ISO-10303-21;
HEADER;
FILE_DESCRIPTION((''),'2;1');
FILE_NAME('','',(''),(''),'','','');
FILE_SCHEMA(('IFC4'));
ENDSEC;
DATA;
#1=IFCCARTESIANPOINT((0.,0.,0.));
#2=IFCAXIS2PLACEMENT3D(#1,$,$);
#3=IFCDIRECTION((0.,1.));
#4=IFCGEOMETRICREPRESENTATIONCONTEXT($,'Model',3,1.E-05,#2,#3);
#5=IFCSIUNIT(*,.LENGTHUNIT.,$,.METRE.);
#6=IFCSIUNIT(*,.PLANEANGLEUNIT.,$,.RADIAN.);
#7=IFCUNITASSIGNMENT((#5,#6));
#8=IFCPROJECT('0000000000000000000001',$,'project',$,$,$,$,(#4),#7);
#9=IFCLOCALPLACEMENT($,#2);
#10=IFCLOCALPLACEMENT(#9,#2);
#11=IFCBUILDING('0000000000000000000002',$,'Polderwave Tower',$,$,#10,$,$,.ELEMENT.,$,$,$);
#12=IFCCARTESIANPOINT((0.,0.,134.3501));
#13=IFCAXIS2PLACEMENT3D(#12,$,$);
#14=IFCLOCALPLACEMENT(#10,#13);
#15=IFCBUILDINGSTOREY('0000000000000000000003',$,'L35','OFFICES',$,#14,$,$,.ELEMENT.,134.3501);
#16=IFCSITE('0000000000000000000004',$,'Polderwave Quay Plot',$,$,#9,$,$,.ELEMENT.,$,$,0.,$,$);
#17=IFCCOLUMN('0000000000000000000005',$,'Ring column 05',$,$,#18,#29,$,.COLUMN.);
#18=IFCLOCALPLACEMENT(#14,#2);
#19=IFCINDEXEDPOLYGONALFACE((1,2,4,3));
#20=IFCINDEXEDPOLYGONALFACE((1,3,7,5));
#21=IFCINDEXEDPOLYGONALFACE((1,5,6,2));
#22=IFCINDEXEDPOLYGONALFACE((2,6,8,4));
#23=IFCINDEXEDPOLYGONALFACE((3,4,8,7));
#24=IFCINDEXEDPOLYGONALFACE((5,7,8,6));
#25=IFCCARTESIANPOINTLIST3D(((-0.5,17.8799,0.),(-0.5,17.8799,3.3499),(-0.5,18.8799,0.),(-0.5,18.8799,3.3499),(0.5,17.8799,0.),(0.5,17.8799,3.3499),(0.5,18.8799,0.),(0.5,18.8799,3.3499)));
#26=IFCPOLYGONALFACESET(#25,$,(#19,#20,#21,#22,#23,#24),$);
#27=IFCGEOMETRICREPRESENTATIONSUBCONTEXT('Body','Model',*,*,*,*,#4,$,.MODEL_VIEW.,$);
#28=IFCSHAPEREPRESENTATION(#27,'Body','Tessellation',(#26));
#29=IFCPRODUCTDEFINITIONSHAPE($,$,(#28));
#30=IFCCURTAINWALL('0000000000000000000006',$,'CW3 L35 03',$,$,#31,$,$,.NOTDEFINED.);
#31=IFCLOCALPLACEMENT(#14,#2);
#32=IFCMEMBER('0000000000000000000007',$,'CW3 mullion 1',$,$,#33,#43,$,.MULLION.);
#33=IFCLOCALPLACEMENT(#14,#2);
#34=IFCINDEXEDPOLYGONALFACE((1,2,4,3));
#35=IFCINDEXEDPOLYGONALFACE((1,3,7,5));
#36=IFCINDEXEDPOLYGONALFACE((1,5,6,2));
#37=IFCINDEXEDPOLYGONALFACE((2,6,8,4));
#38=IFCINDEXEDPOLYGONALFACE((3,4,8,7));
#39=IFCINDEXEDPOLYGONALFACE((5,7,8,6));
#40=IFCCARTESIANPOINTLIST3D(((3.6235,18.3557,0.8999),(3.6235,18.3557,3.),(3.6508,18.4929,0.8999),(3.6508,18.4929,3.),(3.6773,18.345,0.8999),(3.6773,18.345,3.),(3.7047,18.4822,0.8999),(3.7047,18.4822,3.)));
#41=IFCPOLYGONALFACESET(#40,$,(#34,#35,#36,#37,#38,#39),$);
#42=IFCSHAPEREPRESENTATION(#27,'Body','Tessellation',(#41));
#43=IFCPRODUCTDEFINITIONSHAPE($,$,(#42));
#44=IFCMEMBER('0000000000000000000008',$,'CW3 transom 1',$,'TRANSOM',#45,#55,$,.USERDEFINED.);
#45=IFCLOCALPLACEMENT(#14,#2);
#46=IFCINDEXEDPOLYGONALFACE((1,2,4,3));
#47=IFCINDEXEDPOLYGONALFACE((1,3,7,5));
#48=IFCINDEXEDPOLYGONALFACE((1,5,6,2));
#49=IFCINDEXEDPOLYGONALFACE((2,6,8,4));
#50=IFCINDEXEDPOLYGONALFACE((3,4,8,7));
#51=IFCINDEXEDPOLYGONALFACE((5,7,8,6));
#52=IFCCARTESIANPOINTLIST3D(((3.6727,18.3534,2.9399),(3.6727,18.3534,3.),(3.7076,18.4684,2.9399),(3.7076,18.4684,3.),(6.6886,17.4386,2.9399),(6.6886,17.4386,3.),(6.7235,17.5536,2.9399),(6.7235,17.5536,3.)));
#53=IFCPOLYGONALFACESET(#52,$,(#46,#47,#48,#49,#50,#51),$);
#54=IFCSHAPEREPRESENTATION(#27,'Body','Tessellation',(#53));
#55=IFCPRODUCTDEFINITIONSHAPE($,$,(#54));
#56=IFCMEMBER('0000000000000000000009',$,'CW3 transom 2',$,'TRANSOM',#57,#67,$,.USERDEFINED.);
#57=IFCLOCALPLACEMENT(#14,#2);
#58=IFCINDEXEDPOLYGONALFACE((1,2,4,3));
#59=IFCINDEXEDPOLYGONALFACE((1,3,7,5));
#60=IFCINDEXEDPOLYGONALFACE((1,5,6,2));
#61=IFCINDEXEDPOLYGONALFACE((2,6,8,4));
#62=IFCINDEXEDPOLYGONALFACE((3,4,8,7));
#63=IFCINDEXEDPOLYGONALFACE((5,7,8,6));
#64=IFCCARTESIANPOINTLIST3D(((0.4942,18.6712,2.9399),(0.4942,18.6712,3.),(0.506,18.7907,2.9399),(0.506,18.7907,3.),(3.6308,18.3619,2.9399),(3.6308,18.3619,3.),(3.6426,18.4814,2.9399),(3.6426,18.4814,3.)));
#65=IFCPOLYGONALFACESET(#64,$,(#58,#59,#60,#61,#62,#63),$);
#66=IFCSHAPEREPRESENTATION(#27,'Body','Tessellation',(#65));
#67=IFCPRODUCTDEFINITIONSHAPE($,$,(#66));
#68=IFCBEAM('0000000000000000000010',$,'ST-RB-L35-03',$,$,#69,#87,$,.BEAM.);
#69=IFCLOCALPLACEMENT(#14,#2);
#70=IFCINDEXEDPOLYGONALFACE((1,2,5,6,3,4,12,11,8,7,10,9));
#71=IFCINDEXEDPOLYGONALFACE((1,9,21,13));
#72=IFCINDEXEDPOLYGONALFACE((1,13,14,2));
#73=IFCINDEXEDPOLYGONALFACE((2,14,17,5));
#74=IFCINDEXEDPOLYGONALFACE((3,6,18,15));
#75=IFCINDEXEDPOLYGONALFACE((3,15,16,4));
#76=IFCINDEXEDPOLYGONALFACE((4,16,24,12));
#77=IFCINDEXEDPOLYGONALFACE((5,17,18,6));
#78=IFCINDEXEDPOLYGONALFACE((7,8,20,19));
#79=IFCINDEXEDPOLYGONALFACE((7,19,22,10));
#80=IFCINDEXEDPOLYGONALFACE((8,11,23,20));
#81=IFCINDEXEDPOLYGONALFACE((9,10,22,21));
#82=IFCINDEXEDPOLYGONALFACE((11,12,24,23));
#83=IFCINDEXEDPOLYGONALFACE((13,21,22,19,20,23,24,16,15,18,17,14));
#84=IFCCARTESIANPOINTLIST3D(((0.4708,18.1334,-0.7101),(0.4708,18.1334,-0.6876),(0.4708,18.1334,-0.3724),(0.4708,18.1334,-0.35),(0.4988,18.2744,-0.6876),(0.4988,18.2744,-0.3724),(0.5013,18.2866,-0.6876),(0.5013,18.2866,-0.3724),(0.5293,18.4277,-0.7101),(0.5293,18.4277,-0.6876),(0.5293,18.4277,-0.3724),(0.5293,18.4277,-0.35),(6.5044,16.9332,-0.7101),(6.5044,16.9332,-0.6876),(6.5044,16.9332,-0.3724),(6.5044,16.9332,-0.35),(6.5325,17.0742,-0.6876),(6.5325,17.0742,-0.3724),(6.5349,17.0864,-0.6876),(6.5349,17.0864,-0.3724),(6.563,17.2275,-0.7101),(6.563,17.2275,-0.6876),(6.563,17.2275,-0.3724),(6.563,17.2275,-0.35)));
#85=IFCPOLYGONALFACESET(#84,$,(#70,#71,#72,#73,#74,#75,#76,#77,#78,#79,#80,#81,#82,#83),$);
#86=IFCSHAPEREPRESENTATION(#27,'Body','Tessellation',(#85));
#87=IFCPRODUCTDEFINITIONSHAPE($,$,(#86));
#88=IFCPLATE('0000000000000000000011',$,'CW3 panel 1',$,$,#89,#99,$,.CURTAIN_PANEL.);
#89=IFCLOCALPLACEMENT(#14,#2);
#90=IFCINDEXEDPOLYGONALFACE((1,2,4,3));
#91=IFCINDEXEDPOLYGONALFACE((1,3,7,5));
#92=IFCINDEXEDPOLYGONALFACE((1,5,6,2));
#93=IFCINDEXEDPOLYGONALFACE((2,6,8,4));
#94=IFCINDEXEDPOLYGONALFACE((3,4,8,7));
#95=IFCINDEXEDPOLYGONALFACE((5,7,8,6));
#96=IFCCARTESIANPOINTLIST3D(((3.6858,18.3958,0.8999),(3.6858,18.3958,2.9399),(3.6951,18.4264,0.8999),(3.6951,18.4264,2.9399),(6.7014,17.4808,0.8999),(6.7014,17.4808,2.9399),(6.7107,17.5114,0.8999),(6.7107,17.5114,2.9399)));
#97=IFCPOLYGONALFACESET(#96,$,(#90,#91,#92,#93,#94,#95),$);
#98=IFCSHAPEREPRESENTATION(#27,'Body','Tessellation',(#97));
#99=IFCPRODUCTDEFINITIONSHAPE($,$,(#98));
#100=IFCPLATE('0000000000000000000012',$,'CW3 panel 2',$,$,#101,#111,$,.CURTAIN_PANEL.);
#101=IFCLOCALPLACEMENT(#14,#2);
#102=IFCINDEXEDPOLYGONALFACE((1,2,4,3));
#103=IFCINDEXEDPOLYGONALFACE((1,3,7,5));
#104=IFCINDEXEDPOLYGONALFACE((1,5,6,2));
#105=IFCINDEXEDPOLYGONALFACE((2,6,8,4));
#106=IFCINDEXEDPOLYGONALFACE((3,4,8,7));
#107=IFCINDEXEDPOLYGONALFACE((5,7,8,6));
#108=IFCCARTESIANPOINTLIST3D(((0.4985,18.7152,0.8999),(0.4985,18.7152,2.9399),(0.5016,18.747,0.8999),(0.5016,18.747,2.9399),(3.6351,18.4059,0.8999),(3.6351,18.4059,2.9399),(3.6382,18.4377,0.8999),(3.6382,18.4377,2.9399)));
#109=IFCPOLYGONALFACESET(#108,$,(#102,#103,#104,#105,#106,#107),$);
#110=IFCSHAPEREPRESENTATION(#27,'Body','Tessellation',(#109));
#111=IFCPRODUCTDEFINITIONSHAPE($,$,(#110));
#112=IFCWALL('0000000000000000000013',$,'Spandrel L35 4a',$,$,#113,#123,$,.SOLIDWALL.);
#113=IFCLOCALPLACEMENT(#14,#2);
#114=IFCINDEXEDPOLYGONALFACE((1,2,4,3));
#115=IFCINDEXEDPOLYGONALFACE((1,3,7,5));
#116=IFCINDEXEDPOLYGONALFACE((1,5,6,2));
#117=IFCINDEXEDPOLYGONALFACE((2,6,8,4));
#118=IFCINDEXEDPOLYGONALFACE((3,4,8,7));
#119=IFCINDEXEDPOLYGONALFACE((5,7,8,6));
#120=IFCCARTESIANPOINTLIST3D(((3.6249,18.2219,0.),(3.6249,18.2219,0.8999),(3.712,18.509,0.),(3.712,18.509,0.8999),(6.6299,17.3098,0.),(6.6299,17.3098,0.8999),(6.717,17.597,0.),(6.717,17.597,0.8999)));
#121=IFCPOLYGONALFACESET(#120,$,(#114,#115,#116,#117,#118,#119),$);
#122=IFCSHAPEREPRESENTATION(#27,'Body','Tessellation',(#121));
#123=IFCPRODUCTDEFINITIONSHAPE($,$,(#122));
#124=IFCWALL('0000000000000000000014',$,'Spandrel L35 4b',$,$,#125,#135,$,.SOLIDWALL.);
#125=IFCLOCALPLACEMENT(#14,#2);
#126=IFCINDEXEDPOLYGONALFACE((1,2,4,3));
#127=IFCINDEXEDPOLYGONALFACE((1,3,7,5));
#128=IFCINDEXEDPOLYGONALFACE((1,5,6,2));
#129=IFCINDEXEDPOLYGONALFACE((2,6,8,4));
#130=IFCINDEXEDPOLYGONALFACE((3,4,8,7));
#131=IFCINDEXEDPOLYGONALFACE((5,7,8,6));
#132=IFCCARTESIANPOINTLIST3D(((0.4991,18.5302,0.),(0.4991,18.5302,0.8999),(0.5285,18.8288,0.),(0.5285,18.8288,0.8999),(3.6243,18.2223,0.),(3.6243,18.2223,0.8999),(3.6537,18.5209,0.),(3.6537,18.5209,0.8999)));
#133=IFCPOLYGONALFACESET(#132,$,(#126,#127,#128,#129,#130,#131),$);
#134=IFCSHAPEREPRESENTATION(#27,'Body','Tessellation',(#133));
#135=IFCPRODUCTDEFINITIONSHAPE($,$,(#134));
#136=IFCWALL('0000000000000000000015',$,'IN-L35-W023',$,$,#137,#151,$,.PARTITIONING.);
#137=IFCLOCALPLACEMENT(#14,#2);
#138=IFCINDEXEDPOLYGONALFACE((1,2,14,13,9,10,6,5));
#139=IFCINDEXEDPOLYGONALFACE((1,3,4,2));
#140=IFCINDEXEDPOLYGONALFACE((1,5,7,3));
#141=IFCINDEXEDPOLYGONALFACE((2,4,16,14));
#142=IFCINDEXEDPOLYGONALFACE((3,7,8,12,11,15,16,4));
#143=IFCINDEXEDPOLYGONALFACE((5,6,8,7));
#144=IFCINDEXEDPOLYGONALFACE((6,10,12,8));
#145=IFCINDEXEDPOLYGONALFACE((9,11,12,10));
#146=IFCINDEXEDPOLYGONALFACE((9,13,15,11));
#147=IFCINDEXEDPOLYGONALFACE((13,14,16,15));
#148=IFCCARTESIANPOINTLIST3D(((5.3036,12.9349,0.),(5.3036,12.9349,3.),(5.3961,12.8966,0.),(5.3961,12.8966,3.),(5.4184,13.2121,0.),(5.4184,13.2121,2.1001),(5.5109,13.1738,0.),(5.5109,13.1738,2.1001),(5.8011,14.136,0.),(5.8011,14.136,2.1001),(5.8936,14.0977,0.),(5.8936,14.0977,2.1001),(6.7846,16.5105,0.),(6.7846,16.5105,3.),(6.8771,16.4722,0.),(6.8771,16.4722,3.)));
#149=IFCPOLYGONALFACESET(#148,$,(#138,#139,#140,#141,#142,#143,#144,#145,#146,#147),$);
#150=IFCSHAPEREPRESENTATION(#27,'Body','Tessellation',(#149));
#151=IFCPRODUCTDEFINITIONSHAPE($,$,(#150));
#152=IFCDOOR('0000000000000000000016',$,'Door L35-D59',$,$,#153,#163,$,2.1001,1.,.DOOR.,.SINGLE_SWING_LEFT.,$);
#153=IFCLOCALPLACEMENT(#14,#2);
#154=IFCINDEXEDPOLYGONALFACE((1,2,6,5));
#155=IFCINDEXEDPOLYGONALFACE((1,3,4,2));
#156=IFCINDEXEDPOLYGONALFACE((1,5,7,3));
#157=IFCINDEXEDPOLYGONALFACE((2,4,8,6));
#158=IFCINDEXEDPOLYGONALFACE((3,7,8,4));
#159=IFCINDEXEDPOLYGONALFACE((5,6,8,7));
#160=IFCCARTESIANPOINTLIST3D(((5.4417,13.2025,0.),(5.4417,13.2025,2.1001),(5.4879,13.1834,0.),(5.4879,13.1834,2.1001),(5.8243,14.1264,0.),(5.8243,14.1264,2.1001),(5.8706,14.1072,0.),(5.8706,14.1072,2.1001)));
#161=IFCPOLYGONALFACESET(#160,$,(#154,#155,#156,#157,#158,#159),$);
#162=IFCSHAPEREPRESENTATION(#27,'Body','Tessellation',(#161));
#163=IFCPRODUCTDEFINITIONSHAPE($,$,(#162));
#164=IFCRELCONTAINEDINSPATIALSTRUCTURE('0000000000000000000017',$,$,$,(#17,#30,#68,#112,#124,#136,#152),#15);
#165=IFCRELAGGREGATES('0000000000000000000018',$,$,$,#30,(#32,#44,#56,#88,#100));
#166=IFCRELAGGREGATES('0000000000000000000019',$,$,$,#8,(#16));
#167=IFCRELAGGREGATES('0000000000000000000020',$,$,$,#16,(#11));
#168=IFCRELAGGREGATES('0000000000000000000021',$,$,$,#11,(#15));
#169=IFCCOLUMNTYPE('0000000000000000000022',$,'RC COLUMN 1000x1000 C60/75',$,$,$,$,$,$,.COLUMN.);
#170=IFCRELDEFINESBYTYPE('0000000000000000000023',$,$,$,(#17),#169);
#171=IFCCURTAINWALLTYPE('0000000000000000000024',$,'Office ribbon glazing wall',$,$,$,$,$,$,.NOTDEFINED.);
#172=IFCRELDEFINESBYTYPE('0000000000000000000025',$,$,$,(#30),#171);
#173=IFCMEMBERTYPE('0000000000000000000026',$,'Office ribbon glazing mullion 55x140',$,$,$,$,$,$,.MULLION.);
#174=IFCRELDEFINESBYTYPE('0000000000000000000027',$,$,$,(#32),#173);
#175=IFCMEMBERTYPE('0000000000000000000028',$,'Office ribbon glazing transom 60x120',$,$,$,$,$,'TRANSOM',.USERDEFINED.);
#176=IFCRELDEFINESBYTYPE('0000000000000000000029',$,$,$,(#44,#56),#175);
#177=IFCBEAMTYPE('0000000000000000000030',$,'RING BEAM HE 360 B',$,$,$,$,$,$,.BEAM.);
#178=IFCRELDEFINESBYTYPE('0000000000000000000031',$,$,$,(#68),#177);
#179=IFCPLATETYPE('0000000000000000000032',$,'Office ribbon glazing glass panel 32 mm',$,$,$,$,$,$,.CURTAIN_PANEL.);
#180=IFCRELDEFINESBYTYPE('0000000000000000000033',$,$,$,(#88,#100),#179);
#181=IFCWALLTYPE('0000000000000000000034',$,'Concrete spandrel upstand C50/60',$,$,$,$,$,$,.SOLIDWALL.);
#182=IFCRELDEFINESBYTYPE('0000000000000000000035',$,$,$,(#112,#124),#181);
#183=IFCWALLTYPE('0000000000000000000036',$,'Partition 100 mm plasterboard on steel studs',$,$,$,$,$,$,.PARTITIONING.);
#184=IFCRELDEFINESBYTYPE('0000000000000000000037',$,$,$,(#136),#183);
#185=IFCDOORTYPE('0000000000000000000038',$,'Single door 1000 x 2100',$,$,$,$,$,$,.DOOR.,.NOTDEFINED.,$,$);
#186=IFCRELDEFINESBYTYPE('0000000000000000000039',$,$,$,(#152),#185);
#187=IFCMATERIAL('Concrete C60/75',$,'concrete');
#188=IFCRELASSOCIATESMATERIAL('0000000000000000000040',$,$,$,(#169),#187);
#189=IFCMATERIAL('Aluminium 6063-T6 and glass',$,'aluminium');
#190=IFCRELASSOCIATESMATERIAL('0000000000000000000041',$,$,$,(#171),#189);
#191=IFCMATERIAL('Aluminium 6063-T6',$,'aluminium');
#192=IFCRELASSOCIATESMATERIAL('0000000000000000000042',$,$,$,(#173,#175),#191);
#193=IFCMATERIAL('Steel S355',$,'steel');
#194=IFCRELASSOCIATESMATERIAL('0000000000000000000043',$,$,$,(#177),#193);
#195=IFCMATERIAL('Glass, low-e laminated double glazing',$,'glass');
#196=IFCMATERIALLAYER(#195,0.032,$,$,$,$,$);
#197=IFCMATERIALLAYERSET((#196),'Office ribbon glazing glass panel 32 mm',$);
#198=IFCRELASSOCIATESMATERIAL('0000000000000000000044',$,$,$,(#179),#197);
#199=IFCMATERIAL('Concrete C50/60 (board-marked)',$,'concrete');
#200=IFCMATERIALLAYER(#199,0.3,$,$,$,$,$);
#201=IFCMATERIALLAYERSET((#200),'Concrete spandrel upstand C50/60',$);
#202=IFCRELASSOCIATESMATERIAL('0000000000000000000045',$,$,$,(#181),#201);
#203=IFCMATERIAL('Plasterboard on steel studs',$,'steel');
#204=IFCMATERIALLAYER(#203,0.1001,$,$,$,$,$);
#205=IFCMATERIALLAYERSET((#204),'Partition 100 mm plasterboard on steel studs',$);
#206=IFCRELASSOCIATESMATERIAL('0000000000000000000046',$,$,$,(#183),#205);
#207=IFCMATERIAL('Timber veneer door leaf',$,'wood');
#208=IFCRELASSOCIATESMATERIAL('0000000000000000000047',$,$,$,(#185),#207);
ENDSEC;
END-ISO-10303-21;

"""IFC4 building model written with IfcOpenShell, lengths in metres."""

from ifc_helpers import new_model, si_unit, direction, frame, frame_2d, origin, origin_2d, place, context, subcontext, project, spatial, rectangle, i_section, extrude, material, layer, layer_set, material_profile, profile_set, type_object, element, fill, aggregate, save


model = new_model("IFC4")

# Units and contexts
model_context = context("Model", 3, precision=1e-05, world=origin(), true_north=direction((0.0, 1.0)))
body_context = subcontext(model_context, "Body", "Model", "MODEL_VIEW")
ifc_project = project(units=[si_unit("LENGTHUNIT", "METRE"), si_unit("PLANEANGLEUNIT", "RADIAN")], contexts=[model_context])

# Site, building, storey
site_placement = place(None, origin())
site = spatial("IfcSite", under=ifc_project, at=site_placement, Name="Polderwave Quay Plot", CompositionType="ELEMENT", RefElevation=0.0)
building_placement = place(site_placement, origin())
building = spatial("IfcBuilding", under=site, at=building_placement, Name="Polderwave Tower", CompositionType="ELEMENT")
storey_placement = place(building_placement, frame((0.0, 0.0, 134.3501)))
storey = spatial("IfcBuildingStorey", under=building, at=storey_placement, Name="L35", Description="OFFICES", CompositionType="ELEMENT", Elevation=134.3501)

# Column
ifc_material_1 = material(Name="Concrete C60/75", Category="concrete")
ifc_material_profile_1 = material_profile(ifc_material_1, rectangle(XDim=1.0, YDim=1.0, at=origin_2d()), Name="RC 1000x1000")
ifc_profile_set_1 = profile_set([ifc_material_profile_1], Name="Concrete C60/75")
column_type = type_object("IfcColumnType", Name="RC COLUMN 1000x1000 C60/75", PredefinedType="COLUMN", material=ifc_profile_set_1)
column_placement = place(storey_placement, frame((0.0, 18.3799, 0.0), z_axis=(0.0, 0.0, 1.0), x_axis=(0.0, 1.0, 0.0)))
element("IfcColumn", 1, at=column_placement, inside=storey, type_object=column_type, Name="Ring column 05", PredefinedType="COLUMN", context=body_context, shape_type="SweptSolid", body=[
    extrude(rectangle(XDim=1.0, YDim=1.0, at=origin_2d()), origin(), (0.0, 0.0, 1.0), 3.3499),
])

# Curtain wall, members
ifc_material_2 = material(Name="Aluminium 6063-T6 and glass", Category="aluminium")
curtain_wall_type = type_object("IfcCurtainWallType", Name="Office ribbon glazing wall", PredefinedType="NOTDEFINED", material=ifc_material_2)
curtain_wall_placement = place(storey_placement, origin())
curtain_wall = element("IfcCurtainWall", 2, at=curtain_wall_placement, inside=storey, type_object=curtain_wall_type, Name="CW3 L35 03", PredefinedType="NOTDEFINED")
ifc_material_3 = material(Name="Aluminium 6063-T6", Category="aluminium")
ifc_material_profile_2 = material_profile(ifc_material_3, rectangle(XDim=0.1399, YDim=0.0549, at=origin_2d()), Name="AL 55x140")
ifc_profile_set_2 = profile_set([ifc_material_profile_2], Name="Aluminium 6063-T6")
member_type_1 = type_object("IfcMemberType", Name="Office ribbon glazing mullion 55x140", PredefinedType="MULLION", material=ifc_profile_set_2)
member_1_placement = place(storey_placement, frame((3.6641, 18.4189, 0.8999), z_axis=(0.0, 0.0, 1.0), x_axis=(-0.195179, -0.980768, 0.0)))
member_1 = element("IfcMember", 3, at=member_1_placement, type_object=member_type_1, Name="CW3 mullion 1", PredefinedType="MULLION", context=body_context, shape_type="SweptSolid", body=[
    extrude(rectangle(XDim=0.1399, YDim=0.0549, at=origin_2d()), origin(), (0.0, 0.0, 1.0), 2.1001),
])
ifc_material_profile_3 = material_profile(ifc_material_3, rectangle(XDim=0.1201, YDim=0.0601, at=origin_2d()), Name="AL 60x120")
ifc_profile_set_3 = profile_set([ifc_material_profile_3], Name="Aluminium 6063-T6")
member_type_2 = type_object("IfcMemberType", Name="Office ribbon glazing transom 60x120", ElementType="TRANSOM", PredefinedType="USERDEFINED", material=ifc_profile_set_3)
member_2_placement = place(storey_placement, frame((6.7061, 17.4961, 2.97), z_axis=(-0.956946, 0.290268, 0.0), x_axis=(-0.290268, -0.956946, 0.0)))
member_2 = element("IfcMember", 4, at=member_2_placement, type_object=member_type_2, Name="CW3 transom 1", ObjectType="TRANSOM", PredefinedType="USERDEFINED", context=body_context, shape_type="SweptSolid", body=[
    extrude(rectangle(XDim=0.1201, YDim=0.0601, at=origin_2d()), origin(), (0.0, 0.0, 1.0), 3.1516),
])
member_3_placement = place(storey_placement, frame((3.6367, 18.4216, 2.97), z_axis=(-0.995173, 0.098139, 0.0), x_axis=(-0.098139, -0.995173, 0.0)))
member_3 = element("IfcMember", 5, at=member_3_placement, type_object=member_type_2, Name="CW3 transom 2", ObjectType="TRANSOM", PredefinedType="USERDEFINED", context=body_context, shape_type="SweptSolid", body=[
    extrude(rectangle(XDim=0.1201, YDim=0.0601, at=origin_2d()), origin(), (0.0, 0.0, 1.0), 3.1519),
])

# Beam
ifc_material_4 = material(Name="Steel S355", Category="steel")
ifc_material_profile_4 = material_profile(ifc_material_4, i_section(OverallWidth=0.3, OverallDepth=0.3601, WebThickness=0.0125, FlangeThickness=0.0225, at=origin_2d()), Name="HE 360 B")
ifc_profile_set_4 = profile_set([ifc_material_profile_4], Name="Steel S355")
beam_type = type_object("IfcBeamType", Name="RING BEAM HE 360 B", PredefinedType="BEAM", material=ifc_profile_set_4)
beam_placement = place(storey_placement, frame((6.5337, 17.0803, -0.53), z_axis=(-0.980785, 0.195093, 0.0), x_axis=(-0.195093, -0.980785, 0.0)))
element("IfcBeam", 6, at=beam_placement, inside=storey, type_object=beam_type, Name="ST-RB-L35-03", PredefinedType="BEAM", context=body_context, shape_type="SweptSolid", body=[
    extrude(i_section(OverallWidth=0.3, OverallDepth=0.3601, WebThickness=0.0125, FlangeThickness=0.0225, at=origin_2d()), origin(), (0.0, 0.0, 1.0), 6.1519),
])

# Plates
ifc_material_5 = material(Name="Glass, low-e laminated double glazing", Category="glass")
ifc_layer_1 = layer(ifc_material_5, 0.032)
ifc_layer_set_1 = layer_set([ifc_layer_1], Name="Office ribbon glazing glass panel 32 mm")
plate_type = type_object("IfcPlateType", Name="Office ribbon glazing glass panel 32 mm", PredefinedType="CURTAIN_PANEL", material=ifc_layer_set_1)
plate_1_placement = place(storey_placement, frame((5.1982, 17.9536, 0.8999), z_axis=(0.0, 0.0, 1.0), x_axis=(-0.956921, 0.290348, 0.0)))
plate_1 = element("IfcPlate", 7, at=plate_1_placement, type_object=plate_type, Name="CW3 panel 1", PredefinedType="CURTAIN_PANEL", context=body_context, shape_type="SweptSolid", body=[
    extrude(rectangle(XDim=3.1514, YDim=0.032, at=origin_2d()), origin(), (0.0, 0.0, 1.0), 2.04),
])
plate_2_placement = place(storey_placement, frame((2.0684, 18.5764, 0.8999), z_axis=(0.0, 0.0, 1.0), x_axis=(-0.995173, 0.098134, 0.0)))
plate_2 = element("IfcPlate", 8, at=plate_2_placement, type_object=plate_type, Name="CW3 panel 2", PredefinedType="CURTAIN_PANEL", context=body_context, shape_type="SweptSolid", body=[
    extrude(rectangle(XDim=3.1519, YDim=0.032, at=origin_2d()), origin(), (0.0, 0.0, 1.0), 2.04),
])
aggregate(curtain_wall, [member_1, member_2, member_3, plate_1, plate_2])

# Walls
ifc_material_6 = material(Name="Concrete C50/60 (board-marked)", Category="concrete")
ifc_layer_2 = layer(ifc_material_6, 0.3)
ifc_layer_set_2 = layer_set([ifc_layer_2], Name="Concrete spandrel upstand C50/60")
wall_type_1 = type_object("IfcWallType", Name="Concrete spandrel upstand C50/60", PredefinedType="SOLIDWALL", material=ifc_layer_set_2)
for number, where, z_axis, x_axis, name in (
    (9, (6.6736, 17.4534, 0.0), (0.0, 0.0, 1.0), (-0.956895, 0.290435, 0.0), "Spandrel L35 4a"),
    (10, (3.6392, 18.3716, 0.0), (0.0, 0.0, 1.0), (-0.995183, 0.098033, 0.0), "Spandrel L35 4b"),
):
    element("IfcWall", number, at=place(storey_placement, frame(where, z_axis=z_axis, x_axis=x_axis)), inside=storey, type_object=wall_type_1, Name=name, PredefinedType="SOLIDWALL", context=body_context, shape_type="SweptSolid", body=[
        extrude(rectangle(XDim=3.1404, YDim=0.3, at=frame_2d((1.5703, 0.0))), origin(), (0.0, 0.0, 1.0), 0.8999),
    ])

# Wall, opening, door
ifc_material_7 = material(Name="Plasterboard on steel studs", Category="steel")
ifc_layer_3 = layer(ifc_material_7, 0.1001)
ifc_layer_set_3 = layer_set([ifc_layer_3], Name="Partition 100 mm plasterboard on steel studs")
wall_type_2 = type_object("IfcWallType", Name="Partition 100 mm plasterboard on steel studs", PredefinedType="PARTITIONING", material=ifc_layer_set_3)
wall_1_placement = place(storey_placement, frame((5.3499, 12.9158, 0.0), z_axis=(0.0, 0.0, 1.0), x_axis=(0.382675, 0.923883, 0.0)))
wall_1 = element("IfcWall", 11, at=wall_1_placement, inside=storey, type_object=wall_type_2, Name="IN-L35-W023", PredefinedType="PARTITIONING", context=body_context, shape_type="SweptSolid", body=[
    extrude(rectangle(XDim=3.8701, YDim=0.1001, at=frame_2d((1.9351, 0.0))), origin(), (0.0, 0.0, 1.0), 3.0),
])
opening_1_placement = place(wall_1_placement, frame((0.3, 0.0, 0.0)))
opening_1 = element("IfcOpeningElement", 12, at=opening_1_placement, cuts=wall_1, PredefinedType="OPENING", context=body_context, shape_type="SweptSolid", body=[
    extrude(rectangle(XDim=1.0, YDim=2.1001, at=frame_2d((0.5, 1.05))), frame((0.0, 0.0601, 0.0), z_axis=(0.0, -1.0, 0.0), x_axis=(1.0, 0.0, 0.0)), (0.0, 0.0, 1.0), 0.1201),
])
ifc_material_8 = material(Name="Timber veneer door leaf", Category="wood")
door_type = type_object("IfcDoorType", Name="Single door 1000 x 2100", OperationType="NOTDEFINED", PredefinedType="DOOR", material=ifc_material_8)
door_1_placement = place(opening_1_placement, origin())
door_1 = element("IfcDoor", 13, at=door_1_placement, inside=storey, type_object=door_type, Name="Door L35-D59", OperationType="SINGLE_SWING_LEFT", OverallHeight=2.1001, OverallWidth=1.0, PredefinedType="DOOR", context=body_context, shape_type="SweptSolid", body=[
    extrude(rectangle(XDim=1.0, YDim=2.1001, at=frame_2d((0.5, 1.05))), frame((0.0, 0.0249, 0.0), z_axis=(0.0, -1.0, 0.0), x_axis=(1.0, 0.0, 0.0)), (0.0, 0.0, 1.0), 0.05),
])
fill(opening_1, door_1)

save(model, "model.ifc")
